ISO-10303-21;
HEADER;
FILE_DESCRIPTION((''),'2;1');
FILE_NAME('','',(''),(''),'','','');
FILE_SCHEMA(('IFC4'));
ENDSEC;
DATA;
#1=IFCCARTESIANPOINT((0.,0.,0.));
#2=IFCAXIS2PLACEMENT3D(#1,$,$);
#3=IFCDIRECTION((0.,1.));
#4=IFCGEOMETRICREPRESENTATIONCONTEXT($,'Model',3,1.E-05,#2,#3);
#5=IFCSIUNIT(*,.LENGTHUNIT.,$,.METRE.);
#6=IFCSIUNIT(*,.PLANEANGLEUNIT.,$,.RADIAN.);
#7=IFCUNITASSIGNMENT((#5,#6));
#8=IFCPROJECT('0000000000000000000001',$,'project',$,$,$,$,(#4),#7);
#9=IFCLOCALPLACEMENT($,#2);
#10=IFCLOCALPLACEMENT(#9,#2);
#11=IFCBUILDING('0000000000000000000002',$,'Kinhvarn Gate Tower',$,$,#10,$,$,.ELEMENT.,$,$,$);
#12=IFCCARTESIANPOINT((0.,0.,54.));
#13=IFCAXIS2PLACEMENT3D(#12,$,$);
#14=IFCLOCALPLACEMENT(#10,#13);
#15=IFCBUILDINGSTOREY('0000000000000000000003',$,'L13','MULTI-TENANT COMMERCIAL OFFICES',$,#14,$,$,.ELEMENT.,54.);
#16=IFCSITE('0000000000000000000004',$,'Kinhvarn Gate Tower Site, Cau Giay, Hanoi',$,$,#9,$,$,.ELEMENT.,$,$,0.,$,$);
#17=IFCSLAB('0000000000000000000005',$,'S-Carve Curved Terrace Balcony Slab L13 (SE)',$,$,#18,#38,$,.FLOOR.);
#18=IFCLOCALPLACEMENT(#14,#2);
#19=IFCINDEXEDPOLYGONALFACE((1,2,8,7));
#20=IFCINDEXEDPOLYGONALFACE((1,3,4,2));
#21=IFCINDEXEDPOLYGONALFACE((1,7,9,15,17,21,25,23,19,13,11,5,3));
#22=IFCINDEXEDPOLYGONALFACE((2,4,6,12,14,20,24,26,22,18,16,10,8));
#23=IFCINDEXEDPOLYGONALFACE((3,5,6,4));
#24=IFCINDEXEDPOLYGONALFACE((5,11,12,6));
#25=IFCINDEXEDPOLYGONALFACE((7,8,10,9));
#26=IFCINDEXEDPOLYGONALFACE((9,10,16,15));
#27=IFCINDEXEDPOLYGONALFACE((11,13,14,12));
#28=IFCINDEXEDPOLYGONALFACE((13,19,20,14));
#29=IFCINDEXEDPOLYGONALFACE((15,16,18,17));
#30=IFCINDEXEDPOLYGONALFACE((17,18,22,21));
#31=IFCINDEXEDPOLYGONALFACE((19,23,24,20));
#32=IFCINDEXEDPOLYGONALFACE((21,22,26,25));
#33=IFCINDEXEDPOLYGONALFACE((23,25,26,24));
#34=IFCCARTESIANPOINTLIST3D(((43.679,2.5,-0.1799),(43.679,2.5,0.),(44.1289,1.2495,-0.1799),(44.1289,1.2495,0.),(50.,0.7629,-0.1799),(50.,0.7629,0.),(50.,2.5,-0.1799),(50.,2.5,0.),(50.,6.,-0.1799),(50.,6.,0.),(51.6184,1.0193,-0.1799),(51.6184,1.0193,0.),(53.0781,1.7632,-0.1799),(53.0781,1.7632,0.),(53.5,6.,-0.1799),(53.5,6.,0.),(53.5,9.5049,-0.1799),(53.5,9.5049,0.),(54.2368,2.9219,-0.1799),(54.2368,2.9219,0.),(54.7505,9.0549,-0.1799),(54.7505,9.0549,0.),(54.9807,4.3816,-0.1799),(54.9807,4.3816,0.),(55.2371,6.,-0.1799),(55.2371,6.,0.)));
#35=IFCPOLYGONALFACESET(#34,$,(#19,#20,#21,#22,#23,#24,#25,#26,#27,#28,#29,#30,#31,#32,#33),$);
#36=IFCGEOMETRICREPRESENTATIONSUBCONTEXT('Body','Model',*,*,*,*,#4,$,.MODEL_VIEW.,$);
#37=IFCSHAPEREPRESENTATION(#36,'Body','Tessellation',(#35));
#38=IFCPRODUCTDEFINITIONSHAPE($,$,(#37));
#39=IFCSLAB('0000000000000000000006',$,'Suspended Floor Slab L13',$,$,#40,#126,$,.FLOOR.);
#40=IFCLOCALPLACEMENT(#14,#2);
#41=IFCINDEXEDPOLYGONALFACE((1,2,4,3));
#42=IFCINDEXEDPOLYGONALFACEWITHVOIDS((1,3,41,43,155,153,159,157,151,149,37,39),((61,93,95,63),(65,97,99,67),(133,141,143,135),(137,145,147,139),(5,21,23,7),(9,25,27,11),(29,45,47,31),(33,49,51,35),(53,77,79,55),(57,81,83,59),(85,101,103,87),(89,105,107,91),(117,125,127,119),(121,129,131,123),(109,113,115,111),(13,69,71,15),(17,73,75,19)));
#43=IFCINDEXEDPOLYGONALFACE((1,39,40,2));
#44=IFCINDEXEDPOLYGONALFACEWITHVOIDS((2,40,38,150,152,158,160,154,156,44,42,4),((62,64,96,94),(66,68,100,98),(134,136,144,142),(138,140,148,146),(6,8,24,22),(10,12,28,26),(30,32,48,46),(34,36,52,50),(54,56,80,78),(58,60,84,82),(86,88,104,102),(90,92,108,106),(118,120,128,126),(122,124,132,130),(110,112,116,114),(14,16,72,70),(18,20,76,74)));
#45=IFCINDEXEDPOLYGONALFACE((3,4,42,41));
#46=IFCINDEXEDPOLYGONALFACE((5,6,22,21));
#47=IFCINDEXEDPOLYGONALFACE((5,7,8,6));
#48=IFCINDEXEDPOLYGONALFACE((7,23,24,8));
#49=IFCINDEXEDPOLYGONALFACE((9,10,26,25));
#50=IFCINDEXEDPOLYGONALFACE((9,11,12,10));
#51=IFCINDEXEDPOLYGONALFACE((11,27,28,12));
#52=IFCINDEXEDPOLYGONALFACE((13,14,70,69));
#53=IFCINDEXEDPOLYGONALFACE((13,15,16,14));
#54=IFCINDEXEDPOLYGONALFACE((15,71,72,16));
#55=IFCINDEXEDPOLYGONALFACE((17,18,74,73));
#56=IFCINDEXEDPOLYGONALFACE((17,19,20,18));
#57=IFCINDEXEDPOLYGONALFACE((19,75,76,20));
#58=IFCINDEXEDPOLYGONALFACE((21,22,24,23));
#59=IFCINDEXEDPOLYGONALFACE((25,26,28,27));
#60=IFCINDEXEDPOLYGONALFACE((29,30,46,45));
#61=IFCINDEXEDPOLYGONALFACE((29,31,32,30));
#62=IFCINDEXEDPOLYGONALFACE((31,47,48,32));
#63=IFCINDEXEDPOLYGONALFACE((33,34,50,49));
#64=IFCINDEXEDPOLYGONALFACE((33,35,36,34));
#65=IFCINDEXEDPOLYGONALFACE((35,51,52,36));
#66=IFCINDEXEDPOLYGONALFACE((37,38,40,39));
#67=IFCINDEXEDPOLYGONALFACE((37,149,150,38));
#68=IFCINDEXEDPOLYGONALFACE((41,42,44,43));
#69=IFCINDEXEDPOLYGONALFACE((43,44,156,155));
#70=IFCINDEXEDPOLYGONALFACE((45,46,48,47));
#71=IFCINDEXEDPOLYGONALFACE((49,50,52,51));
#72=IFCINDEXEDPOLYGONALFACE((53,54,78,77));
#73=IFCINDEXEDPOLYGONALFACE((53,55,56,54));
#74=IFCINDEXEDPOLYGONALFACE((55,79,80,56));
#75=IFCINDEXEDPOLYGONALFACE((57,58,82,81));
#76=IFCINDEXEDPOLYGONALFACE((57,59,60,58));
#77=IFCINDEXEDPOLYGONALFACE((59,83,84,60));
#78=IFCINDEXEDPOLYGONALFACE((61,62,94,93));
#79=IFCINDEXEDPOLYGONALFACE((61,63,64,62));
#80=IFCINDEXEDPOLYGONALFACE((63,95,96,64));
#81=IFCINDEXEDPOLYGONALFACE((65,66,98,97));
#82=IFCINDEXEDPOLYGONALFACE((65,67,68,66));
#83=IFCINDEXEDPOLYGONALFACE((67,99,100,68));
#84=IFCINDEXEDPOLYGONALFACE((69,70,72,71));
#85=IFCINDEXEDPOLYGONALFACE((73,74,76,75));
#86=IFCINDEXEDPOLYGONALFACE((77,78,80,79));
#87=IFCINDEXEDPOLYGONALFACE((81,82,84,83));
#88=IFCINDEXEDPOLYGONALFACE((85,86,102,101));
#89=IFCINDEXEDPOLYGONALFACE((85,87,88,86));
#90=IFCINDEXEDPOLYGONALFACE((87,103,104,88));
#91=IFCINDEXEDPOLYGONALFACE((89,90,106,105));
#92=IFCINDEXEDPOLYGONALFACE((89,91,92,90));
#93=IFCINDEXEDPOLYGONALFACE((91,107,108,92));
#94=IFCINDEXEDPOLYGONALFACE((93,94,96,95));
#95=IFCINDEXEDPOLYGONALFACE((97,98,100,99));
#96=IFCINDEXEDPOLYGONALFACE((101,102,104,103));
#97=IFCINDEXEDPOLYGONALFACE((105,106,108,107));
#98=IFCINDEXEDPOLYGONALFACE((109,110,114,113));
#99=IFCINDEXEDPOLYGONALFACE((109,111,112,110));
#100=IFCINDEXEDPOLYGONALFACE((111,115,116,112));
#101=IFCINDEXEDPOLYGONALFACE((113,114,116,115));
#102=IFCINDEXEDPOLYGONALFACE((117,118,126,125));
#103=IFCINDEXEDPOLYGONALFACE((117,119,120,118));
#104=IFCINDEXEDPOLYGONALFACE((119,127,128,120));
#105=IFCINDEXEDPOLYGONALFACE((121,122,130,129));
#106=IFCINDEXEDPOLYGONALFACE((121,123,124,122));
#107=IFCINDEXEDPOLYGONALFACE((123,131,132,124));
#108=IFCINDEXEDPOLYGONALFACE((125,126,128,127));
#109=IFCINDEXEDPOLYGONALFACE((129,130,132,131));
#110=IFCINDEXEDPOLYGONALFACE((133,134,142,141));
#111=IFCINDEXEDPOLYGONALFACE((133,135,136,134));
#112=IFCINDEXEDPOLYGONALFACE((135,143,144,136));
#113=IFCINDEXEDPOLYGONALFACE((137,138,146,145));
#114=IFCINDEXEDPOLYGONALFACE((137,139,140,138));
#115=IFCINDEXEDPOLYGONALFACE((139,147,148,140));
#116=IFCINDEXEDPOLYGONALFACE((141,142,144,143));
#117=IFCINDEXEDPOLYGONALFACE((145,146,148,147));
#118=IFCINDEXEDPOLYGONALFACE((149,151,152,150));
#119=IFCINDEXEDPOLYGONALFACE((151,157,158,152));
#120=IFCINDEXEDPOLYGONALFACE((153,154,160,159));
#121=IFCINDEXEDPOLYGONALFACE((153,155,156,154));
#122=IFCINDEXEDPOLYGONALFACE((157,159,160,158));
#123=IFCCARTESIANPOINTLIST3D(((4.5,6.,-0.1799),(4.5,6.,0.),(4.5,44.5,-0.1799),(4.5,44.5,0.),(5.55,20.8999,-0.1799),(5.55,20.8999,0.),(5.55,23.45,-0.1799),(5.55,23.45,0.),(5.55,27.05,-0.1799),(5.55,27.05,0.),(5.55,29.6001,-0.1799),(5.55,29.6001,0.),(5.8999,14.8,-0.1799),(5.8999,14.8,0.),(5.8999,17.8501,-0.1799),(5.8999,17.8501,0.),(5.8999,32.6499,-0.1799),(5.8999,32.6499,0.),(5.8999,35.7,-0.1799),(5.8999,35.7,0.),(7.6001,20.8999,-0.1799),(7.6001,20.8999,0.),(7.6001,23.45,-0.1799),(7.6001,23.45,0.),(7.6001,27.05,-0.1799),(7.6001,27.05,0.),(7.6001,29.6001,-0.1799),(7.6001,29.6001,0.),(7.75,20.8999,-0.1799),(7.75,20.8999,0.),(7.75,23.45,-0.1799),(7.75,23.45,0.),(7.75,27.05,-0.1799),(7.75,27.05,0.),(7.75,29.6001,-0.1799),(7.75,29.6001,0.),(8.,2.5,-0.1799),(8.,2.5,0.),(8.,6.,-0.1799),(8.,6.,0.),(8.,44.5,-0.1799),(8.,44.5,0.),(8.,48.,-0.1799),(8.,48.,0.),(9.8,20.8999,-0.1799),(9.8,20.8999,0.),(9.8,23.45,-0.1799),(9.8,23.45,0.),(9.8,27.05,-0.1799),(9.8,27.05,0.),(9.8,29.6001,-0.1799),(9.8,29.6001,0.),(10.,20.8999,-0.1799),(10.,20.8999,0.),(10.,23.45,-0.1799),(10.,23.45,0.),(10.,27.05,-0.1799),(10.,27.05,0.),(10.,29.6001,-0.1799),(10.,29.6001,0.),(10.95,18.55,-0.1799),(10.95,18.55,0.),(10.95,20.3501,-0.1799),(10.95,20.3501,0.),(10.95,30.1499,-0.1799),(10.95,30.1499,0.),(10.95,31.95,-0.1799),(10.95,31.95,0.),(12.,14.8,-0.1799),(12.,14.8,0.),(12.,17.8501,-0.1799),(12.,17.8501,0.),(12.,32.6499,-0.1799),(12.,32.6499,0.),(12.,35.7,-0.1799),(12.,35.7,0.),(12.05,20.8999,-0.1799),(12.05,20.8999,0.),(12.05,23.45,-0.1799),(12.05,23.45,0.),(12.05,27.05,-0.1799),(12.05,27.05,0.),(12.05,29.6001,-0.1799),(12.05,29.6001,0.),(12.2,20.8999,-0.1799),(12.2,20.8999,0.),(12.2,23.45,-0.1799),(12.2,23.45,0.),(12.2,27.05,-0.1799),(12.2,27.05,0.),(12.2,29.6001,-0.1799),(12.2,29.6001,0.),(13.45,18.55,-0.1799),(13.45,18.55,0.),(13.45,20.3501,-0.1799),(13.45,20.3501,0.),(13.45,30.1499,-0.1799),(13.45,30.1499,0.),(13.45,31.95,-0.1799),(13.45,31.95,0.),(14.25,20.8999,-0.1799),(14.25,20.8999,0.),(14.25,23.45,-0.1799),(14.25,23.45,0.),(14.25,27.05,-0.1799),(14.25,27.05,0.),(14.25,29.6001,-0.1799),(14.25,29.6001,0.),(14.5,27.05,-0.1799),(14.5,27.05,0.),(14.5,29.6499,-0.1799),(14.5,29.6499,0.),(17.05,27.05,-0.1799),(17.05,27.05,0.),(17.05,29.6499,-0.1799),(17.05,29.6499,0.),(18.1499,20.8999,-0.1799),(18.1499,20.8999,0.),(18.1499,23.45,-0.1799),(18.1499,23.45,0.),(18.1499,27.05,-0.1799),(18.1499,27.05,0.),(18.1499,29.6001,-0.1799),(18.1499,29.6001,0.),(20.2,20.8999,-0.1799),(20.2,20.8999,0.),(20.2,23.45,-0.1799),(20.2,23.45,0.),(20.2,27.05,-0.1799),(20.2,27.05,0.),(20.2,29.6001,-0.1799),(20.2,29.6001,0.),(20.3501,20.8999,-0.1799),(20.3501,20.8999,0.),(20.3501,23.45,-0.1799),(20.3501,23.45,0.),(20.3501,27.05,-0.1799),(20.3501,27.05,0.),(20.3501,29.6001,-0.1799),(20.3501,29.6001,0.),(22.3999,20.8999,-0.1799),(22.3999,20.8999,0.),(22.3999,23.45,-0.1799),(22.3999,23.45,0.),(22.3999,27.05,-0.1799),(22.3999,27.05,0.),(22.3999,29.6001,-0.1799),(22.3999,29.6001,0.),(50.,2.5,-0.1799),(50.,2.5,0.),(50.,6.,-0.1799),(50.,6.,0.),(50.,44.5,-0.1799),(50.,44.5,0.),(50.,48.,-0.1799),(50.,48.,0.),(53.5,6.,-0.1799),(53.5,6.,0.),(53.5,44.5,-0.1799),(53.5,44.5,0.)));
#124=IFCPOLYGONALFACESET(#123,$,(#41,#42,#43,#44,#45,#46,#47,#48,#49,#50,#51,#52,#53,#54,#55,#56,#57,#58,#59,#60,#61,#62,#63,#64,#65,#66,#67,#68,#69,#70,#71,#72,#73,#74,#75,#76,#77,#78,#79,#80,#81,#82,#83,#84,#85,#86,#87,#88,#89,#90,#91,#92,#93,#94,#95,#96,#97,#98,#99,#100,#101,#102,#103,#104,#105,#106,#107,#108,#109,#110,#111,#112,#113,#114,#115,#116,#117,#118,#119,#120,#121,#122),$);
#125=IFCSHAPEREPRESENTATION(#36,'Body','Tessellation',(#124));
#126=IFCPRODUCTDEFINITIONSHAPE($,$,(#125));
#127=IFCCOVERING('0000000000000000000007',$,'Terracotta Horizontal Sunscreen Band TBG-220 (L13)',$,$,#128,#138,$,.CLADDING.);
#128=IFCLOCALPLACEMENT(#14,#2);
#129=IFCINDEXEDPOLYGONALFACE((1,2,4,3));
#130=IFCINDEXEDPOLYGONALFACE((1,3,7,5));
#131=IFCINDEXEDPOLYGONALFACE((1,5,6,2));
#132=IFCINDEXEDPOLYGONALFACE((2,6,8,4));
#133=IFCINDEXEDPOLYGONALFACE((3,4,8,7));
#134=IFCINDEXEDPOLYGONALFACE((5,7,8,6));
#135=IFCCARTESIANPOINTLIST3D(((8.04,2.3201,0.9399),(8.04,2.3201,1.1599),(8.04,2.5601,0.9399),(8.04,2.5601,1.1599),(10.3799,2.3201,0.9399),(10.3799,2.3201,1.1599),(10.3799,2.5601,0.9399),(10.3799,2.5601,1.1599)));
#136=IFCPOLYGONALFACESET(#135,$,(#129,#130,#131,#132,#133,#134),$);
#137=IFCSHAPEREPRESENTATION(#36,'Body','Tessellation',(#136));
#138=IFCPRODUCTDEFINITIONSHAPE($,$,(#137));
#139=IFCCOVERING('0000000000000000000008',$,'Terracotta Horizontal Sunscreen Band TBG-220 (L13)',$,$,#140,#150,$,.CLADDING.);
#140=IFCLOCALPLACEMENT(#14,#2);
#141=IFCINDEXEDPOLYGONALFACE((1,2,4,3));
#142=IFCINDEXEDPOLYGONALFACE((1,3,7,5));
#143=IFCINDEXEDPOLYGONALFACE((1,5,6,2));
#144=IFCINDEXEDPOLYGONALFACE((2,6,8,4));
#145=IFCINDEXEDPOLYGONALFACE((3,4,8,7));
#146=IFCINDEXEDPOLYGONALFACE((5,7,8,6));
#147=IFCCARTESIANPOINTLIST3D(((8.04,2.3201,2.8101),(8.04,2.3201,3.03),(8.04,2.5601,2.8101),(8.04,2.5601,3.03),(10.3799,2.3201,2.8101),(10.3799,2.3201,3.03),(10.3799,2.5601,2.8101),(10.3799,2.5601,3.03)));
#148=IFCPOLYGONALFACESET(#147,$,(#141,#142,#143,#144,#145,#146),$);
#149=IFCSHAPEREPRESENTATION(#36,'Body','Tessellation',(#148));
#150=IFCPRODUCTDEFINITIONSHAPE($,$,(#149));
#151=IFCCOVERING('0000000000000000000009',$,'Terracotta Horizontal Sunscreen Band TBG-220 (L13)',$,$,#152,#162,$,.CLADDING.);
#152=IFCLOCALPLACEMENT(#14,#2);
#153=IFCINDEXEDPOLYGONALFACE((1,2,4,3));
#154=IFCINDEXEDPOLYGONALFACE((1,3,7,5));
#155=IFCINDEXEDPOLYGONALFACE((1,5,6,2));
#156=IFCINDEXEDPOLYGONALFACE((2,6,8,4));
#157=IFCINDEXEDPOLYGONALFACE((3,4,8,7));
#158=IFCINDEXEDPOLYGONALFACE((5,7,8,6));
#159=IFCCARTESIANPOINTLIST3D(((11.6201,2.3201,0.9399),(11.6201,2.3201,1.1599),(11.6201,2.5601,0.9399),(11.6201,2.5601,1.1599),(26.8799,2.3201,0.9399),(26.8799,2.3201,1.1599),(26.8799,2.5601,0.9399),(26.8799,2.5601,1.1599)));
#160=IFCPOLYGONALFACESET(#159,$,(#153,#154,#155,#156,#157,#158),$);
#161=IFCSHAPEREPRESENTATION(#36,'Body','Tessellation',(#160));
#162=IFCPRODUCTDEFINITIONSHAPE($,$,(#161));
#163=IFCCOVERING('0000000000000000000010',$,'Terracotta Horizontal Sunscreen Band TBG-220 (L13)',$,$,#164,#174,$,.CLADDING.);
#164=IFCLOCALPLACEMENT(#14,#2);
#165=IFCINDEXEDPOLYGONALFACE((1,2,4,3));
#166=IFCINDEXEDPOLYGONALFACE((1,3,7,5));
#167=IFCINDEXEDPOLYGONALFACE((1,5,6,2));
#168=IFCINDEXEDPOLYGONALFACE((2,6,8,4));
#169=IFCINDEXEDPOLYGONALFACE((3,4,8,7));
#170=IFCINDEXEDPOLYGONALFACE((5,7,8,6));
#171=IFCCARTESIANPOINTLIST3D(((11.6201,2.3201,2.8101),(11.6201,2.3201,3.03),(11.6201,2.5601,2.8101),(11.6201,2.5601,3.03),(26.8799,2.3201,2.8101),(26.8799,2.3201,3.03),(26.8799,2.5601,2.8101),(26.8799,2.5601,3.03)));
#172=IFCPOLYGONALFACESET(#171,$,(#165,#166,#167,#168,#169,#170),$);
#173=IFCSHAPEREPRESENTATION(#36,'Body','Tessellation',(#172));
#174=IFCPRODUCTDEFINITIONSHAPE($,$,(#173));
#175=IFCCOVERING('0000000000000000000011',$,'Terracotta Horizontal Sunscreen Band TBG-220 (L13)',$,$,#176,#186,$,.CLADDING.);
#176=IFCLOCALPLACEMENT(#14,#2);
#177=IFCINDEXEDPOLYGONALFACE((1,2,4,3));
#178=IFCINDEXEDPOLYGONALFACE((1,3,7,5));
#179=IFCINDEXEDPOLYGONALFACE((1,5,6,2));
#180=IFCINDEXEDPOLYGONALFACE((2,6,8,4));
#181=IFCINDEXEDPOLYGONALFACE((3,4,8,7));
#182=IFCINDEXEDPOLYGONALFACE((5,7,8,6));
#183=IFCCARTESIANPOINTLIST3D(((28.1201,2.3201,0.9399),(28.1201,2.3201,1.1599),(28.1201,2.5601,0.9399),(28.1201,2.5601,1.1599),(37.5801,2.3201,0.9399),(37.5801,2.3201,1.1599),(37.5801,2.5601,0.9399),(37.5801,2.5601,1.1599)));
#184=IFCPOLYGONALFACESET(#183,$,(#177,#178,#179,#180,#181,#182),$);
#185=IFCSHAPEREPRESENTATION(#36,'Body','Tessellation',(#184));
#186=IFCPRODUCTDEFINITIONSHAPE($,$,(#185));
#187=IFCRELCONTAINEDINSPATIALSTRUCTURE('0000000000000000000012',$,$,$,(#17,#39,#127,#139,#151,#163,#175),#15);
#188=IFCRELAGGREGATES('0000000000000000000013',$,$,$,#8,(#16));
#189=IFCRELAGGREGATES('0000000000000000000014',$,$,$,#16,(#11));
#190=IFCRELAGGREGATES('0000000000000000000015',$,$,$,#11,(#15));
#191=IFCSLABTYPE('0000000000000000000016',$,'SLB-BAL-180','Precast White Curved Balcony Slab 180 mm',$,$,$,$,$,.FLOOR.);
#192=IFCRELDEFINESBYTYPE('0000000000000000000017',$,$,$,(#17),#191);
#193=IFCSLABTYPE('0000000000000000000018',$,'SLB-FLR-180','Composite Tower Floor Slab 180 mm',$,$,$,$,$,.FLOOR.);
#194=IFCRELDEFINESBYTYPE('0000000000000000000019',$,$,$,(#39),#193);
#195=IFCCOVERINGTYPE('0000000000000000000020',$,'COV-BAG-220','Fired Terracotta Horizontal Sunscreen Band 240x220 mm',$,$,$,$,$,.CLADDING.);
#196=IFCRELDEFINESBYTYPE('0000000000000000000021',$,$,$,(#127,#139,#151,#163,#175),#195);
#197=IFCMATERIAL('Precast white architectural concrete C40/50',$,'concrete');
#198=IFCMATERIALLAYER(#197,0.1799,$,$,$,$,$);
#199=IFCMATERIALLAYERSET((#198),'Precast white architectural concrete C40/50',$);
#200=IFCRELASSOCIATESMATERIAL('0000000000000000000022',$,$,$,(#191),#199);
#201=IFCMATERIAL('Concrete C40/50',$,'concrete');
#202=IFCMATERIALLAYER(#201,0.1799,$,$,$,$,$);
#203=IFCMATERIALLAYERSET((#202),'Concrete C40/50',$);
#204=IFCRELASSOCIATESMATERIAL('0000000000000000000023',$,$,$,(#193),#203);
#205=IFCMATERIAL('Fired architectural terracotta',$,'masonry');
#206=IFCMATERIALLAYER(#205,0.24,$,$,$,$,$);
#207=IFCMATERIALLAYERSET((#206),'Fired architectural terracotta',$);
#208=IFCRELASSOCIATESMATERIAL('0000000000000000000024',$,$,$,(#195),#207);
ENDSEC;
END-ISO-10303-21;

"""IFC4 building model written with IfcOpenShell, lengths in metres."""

from ifc_helpers import new_model, si_unit, direction, frame, origin, place, context, subcontext, project, spatial, polyline, outline, extrude, material, layer, layer_set, type_object, element, save


model = new_model("IFC4")

# Units and contexts
model_context = context("Model", 3, precision=1e-05, world=origin(), true_north=direction((0.0, 1.0)))
body_context = subcontext(model_context, "Body", "Model", "MODEL_VIEW")
ifc_project = project(units=[si_unit("LENGTHUNIT", "METRE"), si_unit("PLANEANGLEUNIT", "RADIAN")], contexts=[model_context])

# Site, building, storey
site_placement = place(None, origin())
site = spatial("IfcSite", under=ifc_project, at=site_placement, Name="Kinhvarn Gate Tower Site, Cau Giay, Hanoi", CompositionType="ELEMENT", RefElevation=0.0)
building_placement = place(site_placement, origin())
building = spatial("IfcBuilding", under=site, at=building_placement, Name="Kinhvarn Gate Tower", CompositionType="ELEMENT")
storey_placement = place(building_placement, frame((0.0, 0.0, 54.0)))
storey = spatial("IfcBuildingStorey", under=building, at=storey_placement, Name="L13", Description="MULTI-TENANT COMMERCIAL OFFICES", CompositionType="ELEMENT", Elevation=54.0)

# Slabs
ifc_material_1 = material(Name="Precast white architectural concrete C40/50", Category="concrete")
ifc_layer_1 = layer(ifc_material_1, 0.1799)
ifc_layer_set_1 = layer_set([ifc_layer_1], Name="Precast white architectural concrete C40/50")
slab_type_1 = type_object("IfcSlabType", Name="SLB-BAL-180", Description="Precast White Curved Balcony Slab 180 mm", PredefinedType="FLOOR", material=ifc_layer_set_1)
slab_1_placement = place(storey_placement, frame((0.0, 0.0, -0.1799)))
element("IfcSlab", 1, at=slab_1_placement, inside=storey, type_object=slab_type_1, Name="S-Carve Curved Terrace Balcony Slab L13 (SE)", PredefinedType="FLOOR", context=body_context, shape_type="SweptSolid", body=[
    extrude(outline(polyline([(43.679, 2.5), (44.1289, 1.2495), (50.0, 0.7629), (51.6184, 1.0193), (53.0781, 1.7632), (54.2368, 2.9219), (54.9807, 4.3816), (55.2371, 6.0), (54.7505, 9.0549), (53.5, 9.5049), (53.5, 6.0), (50.0, 6.0), (50.0, 2.5), (43.679, 2.5)])), origin(), (0.0, 0.0, 1.0), 0.1799),
])
ifc_material_2 = material(Name="Concrete C40/50", Category="concrete")
ifc_layer_2 = layer(ifc_material_2, 0.1799)
ifc_layer_set_2 = layer_set([ifc_layer_2], Name="Concrete C40/50")
slab_type_2 = type_object("IfcSlabType", Name="SLB-FLR-180", Description="Composite Tower Floor Slab 180 mm", PredefinedType="FLOOR", material=ifc_layer_set_2)
slab_2_placement = place(storey_placement, frame((0.0, 0.0, -0.1799)))
element("IfcSlab", 2, at=slab_2_placement, inside=storey, type_object=slab_type_2, Name="Suspended Floor Slab L13", PredefinedType="FLOOR", context=body_context, shape_type="SweptSolid", body=[
    extrude(outline(polyline([(8.0, 2.5), (50.0, 2.5), (50.0, 6.0), (53.5, 6.0), (53.5, 44.5), (50.0, 44.5), (50.0, 48.0), (8.0, 48.0), (8.0, 44.5), (4.5, 44.5), (4.5, 6.0), (8.0, 6.0), (8.0, 2.5)]), holes=[polyline([(5.8999, 14.8), (12.0, 14.8), (12.0, 17.8501), (5.8999, 17.8501), (5.8999, 14.8)]), polyline([(5.8999, 32.6499), (12.0, 32.6499), (12.0, 35.7), (5.8999, 35.7), (5.8999, 32.6499)]), polyline([(18.1499, 20.8999), (20.2, 20.8999), (20.2, 23.45), (18.1499, 23.45), (18.1499, 20.8999)]), polyline([(20.3501, 20.8999), (22.3999, 20.8999), (22.3999, 23.45), (20.3501, 23.45), (20.3501, 20.8999)]), polyline([(18.1499, 27.05), (20.2, 27.05), (20.2, 29.6001), (18.1499, 29.6001), (18.1499, 27.05)]), polyline([(20.3501, 27.05), (22.3999, 27.05), (22.3999, 29.6001), (20.3501, 29.6001), (20.3501, 27.05)]), polyline([(5.55, 20.8999), (7.6001, 20.8999), (7.6001, 23.45), (5.55, 23.45), (5.55, 20.8999)]), polyline([(7.75, 20.8999), (9.8, 20.8999), (9.8, 23.45), (7.75, 23.45), (7.75, 20.8999)]), polyline([(5.55, 27.05), (7.6001, 27.05), (7.6001, 29.6001), (5.55, 29.6001), (5.55, 27.05)]), polyline([(7.75, 27.05), (9.8, 27.05), (9.8, 29.6001), (7.75, 29.6001), (7.75, 27.05)]), polyline([(10.0, 20.8999), (12.05, 20.8999), (12.05, 23.45), (10.0, 23.45), (10.0, 20.8999)]), polyline([(12.2, 20.8999), (14.25, 20.8999), (14.25, 23.45), (12.2, 23.45), (12.2, 20.8999)]), polyline([(10.0, 27.05), (12.05, 27.05), (12.05, 29.6001), (10.0, 29.6001), (10.0, 27.05)]), polyline([(12.2, 27.05), (14.25, 27.05), (14.25, 29.6001), (12.2, 29.6001), (12.2, 27.05)]), polyline([(14.5, 27.05), (17.05, 27.05), (17.05, 29.6499), (14.5, 29.6499), (14.5, 27.05)]), polyline([(10.95, 18.55), (13.45, 18.55), (13.45, 20.3501), (10.95, 20.3501), (10.95, 18.55)]), polyline([(10.95, 30.1499), (13.45, 30.1499), (13.45, 31.95), (10.95, 31.95), (10.95, 30.1499)])]), origin(), (0.0, 0.0, 1.0), 0.1799),
])

# Coverings
ifc_material_3 = material(Name="Fired architectural terracotta", Category="masonry")
ifc_layer_3 = layer(ifc_material_3, 0.24)
ifc_layer_set_3 = layer_set([ifc_layer_3], Name="Fired architectural terracotta")
covering_type_1 = type_object("IfcCoveringType", Name="COV-BAG-220", Description="Fired Terracotta Horizontal Sunscreen Band 240x220 mm", PredefinedType="CLADDING", material=ifc_layer_set_3)
for number, where, name in (
    (3, (0.0, 0.0, 0.9399), "Terracotta Horizontal Sunscreen Band TBG-220 (L13)"),
    (4, (0.0, 0.0, 2.8101), "Terracotta Horizontal Sunscreen Band TBG-220 (L13)"),
):
    element("IfcCovering", number, at=place(storey_placement, frame(where)), inside=storey, type_object=covering_type_1, Name=name, PredefinedType="CLADDING", context=body_context, shape_type="SweptSolid", body=[
        extrude(outline(polyline([(8.04, 2.5601), (10.3799, 2.5601), (10.3799, 2.3201), (8.04, 2.3201), (8.04, 2.5601)])), origin(), (0.0, 0.0, 1.0), 0.22),
    ])
for number, where, name in (
    (5, (0.0, 0.0, 0.9399), "Terracotta Horizontal Sunscreen Band TBG-220 (L13)"),
    (6, (0.0, 0.0, 2.8101), "Terracotta Horizontal Sunscreen Band TBG-220 (L13)"),
):
    element("IfcCovering", number, at=place(storey_placement, frame(where)), inside=storey, type_object=covering_type_1, Name=name, PredefinedType="CLADDING", context=body_context, shape_type="SweptSolid", body=[
        extrude(outline(polyline([(11.6201, 2.5601), (26.8799, 2.5601), (26.8799, 2.3201), (11.6201, 2.3201), (11.6201, 2.5601)])), origin(), (0.0, 0.0, 1.0), 0.22),
    ])
for number, where, name in (
    (7, (0.0, 0.0, 0.9399), "Terracotta Horizontal Sunscreen Band TBG-220 (L13)"),
):
    element("IfcCovering", number, at=place(storey_placement, frame(where)), inside=storey, type_object=covering_type_1, Name=name, PredefinedType="CLADDING", context=body_context, shape_type="SweptSolid", body=[
        extrude(outline(polyline([(28.1201, 2.5601), (37.5801, 2.5601), (37.5801, 2.3201), (28.1201, 2.3201), (28.1201, 2.5601)])), origin(), (0.0, 0.0, 1.0), 0.22),
    ])

save(model, "model.ifc")
